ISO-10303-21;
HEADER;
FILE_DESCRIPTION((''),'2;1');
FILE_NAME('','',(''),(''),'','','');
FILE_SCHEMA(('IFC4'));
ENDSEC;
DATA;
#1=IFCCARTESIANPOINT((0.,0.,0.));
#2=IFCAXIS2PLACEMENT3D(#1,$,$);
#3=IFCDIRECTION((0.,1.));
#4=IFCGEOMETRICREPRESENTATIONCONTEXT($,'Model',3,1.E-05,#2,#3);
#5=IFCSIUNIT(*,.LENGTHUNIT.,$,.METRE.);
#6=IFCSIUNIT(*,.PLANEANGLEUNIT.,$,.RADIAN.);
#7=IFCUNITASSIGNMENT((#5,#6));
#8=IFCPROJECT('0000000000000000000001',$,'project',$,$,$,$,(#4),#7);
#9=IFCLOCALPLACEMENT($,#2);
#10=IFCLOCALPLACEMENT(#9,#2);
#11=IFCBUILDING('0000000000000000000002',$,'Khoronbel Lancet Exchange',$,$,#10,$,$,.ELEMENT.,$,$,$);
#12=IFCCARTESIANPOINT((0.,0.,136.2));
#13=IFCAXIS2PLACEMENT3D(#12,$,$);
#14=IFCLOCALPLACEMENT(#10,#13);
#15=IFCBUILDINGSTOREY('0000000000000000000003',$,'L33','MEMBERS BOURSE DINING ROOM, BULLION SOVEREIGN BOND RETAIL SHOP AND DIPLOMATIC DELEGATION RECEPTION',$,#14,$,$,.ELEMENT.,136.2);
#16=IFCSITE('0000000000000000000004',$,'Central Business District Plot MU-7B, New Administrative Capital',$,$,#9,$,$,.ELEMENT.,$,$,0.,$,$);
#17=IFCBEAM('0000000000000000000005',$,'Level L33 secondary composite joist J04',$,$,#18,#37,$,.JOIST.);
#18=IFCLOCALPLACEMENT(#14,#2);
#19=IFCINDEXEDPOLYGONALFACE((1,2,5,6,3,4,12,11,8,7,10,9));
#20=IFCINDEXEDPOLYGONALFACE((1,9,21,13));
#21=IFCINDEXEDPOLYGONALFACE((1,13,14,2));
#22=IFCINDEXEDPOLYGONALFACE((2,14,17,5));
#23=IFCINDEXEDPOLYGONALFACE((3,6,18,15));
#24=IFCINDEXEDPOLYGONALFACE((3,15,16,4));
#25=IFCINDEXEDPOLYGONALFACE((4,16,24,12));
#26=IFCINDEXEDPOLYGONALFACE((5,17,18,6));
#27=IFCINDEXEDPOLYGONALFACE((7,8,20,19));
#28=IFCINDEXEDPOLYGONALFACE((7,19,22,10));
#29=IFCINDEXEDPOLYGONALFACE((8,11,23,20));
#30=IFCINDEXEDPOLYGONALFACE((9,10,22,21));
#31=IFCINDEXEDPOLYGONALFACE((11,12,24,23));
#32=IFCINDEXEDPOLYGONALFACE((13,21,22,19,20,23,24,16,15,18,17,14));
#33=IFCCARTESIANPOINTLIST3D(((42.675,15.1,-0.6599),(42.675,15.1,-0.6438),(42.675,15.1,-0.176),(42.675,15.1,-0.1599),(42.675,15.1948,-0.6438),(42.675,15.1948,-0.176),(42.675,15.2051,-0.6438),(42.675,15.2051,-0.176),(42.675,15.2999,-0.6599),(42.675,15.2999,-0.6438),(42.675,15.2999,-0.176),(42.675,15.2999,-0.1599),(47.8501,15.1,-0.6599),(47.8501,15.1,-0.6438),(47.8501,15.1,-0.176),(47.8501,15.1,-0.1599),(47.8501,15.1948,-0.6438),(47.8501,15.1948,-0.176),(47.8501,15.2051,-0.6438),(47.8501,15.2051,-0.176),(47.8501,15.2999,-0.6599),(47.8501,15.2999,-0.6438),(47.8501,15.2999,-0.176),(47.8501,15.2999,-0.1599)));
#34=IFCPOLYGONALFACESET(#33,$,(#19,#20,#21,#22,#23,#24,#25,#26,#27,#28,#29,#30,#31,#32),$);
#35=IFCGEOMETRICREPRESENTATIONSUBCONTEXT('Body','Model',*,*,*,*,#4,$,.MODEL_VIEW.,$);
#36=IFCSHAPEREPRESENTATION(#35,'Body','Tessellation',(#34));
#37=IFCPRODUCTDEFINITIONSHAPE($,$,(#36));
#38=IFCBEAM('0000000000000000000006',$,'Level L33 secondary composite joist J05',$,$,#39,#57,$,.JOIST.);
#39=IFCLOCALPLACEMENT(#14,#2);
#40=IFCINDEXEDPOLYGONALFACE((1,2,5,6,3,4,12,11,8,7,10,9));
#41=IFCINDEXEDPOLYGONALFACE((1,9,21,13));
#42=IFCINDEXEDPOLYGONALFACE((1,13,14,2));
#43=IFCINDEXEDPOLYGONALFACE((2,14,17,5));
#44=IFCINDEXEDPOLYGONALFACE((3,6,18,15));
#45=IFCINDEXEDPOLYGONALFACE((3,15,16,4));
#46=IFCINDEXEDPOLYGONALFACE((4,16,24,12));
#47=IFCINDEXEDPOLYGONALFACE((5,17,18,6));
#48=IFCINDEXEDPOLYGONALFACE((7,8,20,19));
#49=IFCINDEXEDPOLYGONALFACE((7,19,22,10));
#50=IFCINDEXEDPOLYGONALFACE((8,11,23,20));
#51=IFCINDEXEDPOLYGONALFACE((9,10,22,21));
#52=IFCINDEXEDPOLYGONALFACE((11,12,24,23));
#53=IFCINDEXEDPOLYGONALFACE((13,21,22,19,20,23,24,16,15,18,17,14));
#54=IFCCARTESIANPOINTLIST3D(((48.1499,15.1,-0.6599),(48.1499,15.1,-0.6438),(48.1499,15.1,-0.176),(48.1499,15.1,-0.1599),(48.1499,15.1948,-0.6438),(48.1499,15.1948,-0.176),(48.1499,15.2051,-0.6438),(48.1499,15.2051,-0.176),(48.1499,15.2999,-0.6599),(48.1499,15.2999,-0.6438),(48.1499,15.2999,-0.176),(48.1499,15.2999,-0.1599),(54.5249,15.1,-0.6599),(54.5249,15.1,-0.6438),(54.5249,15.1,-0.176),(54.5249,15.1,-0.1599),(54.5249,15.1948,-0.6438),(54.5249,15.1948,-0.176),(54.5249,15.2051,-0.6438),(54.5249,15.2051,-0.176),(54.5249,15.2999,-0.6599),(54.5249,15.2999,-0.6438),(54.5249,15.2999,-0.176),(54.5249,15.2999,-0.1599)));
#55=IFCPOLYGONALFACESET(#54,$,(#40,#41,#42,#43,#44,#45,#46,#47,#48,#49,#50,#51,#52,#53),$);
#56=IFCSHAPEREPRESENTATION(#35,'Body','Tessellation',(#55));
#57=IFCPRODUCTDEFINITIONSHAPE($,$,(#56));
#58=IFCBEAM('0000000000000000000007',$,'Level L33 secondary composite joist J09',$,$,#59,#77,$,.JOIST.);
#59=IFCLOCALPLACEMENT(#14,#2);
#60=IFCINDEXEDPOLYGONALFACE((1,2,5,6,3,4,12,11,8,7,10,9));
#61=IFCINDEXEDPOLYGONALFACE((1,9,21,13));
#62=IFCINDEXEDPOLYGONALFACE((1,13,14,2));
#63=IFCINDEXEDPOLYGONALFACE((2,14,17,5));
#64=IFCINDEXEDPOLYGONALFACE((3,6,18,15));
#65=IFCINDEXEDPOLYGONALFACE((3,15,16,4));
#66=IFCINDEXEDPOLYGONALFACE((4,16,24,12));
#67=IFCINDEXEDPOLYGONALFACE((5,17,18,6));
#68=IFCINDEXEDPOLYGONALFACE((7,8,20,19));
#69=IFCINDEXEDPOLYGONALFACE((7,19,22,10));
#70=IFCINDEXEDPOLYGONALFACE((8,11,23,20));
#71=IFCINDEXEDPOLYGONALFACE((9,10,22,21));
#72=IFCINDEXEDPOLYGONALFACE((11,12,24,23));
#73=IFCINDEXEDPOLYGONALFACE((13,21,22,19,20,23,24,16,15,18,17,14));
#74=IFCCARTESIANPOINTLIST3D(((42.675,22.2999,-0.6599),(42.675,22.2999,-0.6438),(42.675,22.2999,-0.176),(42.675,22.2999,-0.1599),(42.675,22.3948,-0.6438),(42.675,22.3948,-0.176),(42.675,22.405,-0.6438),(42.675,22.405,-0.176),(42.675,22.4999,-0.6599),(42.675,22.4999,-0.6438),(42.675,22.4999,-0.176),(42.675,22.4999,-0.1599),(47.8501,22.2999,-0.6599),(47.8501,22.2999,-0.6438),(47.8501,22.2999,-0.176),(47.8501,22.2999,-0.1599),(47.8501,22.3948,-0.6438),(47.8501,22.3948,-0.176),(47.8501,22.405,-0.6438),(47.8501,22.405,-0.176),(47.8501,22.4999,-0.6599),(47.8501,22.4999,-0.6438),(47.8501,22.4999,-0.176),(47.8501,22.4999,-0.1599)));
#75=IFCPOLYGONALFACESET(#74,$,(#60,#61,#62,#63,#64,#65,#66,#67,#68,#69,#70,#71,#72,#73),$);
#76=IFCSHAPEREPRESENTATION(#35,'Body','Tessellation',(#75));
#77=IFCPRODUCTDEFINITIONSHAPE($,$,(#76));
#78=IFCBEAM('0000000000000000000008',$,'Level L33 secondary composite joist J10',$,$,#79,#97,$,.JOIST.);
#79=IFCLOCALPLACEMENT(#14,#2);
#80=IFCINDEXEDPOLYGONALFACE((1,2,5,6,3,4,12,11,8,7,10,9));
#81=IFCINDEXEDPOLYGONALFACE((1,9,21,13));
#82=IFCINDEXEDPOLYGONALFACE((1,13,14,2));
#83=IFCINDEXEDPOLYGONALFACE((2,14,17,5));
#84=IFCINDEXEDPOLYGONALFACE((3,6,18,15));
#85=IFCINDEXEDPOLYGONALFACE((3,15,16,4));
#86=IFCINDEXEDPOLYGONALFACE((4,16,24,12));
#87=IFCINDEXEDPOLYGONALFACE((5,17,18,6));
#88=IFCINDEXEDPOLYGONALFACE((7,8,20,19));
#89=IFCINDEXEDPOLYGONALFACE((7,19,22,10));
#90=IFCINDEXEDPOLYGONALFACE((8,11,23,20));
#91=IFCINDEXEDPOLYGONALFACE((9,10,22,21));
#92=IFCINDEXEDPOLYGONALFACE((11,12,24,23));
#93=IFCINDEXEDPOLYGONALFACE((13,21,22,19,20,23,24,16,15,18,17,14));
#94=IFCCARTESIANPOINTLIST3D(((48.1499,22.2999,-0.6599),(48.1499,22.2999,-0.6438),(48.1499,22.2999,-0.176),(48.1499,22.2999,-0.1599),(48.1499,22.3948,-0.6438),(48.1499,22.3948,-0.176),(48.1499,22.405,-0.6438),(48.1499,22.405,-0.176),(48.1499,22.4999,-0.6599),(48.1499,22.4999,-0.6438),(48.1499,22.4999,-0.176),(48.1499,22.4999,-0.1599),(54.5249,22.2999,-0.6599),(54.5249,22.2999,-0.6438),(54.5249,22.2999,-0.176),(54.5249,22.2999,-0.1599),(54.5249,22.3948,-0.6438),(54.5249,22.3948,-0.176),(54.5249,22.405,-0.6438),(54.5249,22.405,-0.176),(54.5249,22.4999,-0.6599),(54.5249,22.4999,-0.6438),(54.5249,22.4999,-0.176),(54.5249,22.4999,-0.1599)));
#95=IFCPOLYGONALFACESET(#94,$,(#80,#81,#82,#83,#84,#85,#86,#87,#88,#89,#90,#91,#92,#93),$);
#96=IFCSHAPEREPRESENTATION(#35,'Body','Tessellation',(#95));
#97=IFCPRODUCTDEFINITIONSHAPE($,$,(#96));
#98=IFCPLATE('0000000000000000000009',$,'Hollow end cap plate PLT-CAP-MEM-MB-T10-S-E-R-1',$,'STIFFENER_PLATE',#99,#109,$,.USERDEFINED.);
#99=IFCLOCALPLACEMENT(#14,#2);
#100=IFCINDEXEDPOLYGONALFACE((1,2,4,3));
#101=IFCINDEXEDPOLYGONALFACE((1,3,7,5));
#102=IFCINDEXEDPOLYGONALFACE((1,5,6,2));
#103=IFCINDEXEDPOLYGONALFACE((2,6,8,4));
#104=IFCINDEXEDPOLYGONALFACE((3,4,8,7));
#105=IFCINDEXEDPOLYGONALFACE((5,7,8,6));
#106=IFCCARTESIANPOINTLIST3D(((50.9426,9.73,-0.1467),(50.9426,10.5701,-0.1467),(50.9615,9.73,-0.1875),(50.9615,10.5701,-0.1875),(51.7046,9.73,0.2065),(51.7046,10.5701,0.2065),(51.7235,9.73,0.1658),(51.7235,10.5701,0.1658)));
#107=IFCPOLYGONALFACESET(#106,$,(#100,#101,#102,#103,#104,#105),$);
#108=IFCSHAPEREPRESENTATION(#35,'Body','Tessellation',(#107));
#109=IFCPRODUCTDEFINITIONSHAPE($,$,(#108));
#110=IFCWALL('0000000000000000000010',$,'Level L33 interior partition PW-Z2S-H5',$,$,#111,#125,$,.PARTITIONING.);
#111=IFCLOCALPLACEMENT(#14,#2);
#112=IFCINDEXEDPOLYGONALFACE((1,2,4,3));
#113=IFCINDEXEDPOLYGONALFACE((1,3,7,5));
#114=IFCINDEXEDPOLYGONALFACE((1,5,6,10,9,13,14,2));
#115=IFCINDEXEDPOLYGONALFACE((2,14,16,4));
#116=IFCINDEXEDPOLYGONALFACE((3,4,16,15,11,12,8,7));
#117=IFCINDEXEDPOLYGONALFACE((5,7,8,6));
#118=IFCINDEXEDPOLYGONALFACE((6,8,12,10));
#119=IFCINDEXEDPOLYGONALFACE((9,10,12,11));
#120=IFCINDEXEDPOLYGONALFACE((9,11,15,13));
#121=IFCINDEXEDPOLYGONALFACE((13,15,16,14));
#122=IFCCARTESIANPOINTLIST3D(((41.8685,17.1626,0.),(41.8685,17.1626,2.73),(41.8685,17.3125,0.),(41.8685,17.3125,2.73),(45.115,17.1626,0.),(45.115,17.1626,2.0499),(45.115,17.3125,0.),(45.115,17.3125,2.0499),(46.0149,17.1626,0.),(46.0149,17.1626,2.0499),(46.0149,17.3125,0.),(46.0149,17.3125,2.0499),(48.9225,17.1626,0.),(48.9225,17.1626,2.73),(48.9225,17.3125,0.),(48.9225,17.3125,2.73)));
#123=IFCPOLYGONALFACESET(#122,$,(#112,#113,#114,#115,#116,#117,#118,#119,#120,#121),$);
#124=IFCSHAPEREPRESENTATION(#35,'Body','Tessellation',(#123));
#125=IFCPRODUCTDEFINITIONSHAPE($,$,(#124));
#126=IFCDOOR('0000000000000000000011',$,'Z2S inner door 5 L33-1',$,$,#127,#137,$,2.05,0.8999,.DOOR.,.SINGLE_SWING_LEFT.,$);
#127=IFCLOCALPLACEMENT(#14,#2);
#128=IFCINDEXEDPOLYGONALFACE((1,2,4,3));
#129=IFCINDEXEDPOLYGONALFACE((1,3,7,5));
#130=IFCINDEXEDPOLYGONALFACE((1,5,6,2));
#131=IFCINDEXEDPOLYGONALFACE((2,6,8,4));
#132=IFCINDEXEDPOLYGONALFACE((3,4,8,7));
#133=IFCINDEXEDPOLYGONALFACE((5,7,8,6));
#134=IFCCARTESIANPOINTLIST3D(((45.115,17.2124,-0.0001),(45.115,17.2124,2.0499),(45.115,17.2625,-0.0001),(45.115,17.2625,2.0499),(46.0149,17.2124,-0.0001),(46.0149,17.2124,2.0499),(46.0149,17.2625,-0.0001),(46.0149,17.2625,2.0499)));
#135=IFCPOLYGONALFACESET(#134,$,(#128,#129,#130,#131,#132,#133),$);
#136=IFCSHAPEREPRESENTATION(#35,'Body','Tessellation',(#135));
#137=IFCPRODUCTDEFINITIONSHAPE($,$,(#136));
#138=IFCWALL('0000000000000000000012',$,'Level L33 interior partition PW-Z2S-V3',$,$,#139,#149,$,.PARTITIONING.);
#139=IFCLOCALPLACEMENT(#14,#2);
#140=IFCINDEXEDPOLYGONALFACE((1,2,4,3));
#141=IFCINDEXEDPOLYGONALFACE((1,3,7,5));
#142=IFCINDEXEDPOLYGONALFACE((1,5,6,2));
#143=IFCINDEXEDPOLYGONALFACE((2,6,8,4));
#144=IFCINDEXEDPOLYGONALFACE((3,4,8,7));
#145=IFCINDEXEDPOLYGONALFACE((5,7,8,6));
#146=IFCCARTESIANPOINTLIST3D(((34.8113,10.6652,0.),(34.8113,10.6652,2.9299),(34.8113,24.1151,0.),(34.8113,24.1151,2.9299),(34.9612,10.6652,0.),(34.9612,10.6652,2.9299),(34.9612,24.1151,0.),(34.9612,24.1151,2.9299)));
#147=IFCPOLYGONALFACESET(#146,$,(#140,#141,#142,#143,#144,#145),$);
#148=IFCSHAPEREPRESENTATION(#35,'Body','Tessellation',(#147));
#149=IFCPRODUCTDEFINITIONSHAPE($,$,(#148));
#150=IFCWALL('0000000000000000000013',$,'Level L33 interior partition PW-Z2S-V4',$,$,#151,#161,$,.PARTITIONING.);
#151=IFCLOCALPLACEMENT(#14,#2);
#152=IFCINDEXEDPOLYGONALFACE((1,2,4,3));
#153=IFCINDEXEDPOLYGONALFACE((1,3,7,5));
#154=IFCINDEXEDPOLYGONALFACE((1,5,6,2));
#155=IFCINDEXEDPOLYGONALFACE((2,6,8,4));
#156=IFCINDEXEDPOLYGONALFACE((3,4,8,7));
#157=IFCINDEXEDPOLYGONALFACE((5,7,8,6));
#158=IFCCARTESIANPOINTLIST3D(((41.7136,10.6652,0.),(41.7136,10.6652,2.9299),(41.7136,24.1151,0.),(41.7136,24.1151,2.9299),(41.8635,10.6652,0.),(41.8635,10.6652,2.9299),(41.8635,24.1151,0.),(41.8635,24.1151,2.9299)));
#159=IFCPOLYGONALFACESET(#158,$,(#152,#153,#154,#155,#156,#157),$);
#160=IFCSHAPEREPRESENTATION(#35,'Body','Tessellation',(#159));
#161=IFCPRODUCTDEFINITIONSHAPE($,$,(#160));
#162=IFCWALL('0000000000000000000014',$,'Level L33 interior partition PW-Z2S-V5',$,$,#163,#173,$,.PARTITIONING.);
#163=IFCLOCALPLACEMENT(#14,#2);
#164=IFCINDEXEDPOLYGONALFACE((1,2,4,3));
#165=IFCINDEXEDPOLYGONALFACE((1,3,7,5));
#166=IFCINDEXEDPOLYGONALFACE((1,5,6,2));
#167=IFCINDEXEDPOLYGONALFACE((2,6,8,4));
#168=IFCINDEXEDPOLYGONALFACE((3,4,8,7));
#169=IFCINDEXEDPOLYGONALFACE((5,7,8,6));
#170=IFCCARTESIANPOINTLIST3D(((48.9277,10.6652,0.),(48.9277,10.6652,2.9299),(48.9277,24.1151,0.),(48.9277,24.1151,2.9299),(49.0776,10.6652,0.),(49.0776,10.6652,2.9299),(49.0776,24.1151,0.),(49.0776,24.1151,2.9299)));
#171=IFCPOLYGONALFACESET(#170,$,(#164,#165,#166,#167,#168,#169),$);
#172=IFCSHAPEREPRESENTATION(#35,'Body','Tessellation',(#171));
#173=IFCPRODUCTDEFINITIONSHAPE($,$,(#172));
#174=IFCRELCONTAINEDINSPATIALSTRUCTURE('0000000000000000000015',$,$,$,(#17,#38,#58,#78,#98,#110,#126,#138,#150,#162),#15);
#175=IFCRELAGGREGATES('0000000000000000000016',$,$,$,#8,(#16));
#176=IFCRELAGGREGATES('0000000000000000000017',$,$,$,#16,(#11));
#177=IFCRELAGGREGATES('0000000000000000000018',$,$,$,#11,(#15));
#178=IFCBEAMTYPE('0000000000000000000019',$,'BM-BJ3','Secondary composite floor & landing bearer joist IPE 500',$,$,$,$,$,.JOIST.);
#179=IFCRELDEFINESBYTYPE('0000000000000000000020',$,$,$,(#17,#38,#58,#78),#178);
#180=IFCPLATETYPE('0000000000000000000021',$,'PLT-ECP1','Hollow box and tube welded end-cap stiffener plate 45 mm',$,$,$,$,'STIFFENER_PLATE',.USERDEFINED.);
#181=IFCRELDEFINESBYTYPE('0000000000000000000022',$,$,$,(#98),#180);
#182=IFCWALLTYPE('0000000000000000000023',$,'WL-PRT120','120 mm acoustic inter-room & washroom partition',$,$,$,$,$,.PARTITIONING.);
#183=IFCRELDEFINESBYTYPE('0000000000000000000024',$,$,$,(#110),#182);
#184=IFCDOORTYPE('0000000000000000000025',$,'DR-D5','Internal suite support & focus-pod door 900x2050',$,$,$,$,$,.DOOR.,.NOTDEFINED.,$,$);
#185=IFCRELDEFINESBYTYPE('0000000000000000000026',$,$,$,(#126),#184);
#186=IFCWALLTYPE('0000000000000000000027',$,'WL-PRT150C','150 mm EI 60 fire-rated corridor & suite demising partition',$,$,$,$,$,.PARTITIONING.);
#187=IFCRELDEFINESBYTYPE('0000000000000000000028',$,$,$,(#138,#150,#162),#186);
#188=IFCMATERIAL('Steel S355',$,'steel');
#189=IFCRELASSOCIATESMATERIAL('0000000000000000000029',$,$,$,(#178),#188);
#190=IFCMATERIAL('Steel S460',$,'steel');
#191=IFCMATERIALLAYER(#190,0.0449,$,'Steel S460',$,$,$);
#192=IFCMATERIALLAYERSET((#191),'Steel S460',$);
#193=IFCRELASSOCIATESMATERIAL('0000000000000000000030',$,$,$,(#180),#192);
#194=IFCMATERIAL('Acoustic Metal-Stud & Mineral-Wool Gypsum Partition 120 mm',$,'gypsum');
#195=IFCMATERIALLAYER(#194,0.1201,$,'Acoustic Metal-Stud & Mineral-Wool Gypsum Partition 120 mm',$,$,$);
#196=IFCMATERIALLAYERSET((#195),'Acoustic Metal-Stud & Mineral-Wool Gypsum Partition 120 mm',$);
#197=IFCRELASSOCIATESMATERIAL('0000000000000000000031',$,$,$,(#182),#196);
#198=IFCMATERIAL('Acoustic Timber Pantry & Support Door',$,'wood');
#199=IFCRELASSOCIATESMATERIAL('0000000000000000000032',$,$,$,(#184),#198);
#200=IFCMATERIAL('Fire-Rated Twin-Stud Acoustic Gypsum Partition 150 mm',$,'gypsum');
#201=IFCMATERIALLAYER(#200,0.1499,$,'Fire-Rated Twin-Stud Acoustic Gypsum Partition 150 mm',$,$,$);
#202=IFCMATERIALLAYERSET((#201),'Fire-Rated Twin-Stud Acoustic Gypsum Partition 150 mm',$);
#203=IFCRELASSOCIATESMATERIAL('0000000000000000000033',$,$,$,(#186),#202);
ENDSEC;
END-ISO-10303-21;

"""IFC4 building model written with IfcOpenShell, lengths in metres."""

from ifc_helpers import new_model, si_unit, direction, frame, frame_2d, origin, origin_2d, place, context, subcontext, project, spatial, polyline, rectangle, i_section, outline, extrude, material, layer, layer_set, material_profile, profile_set, type_object, element, fill, save


model = new_model("IFC4")

# Units and contexts
model_context = context("Model", 3, precision=1e-05, world=origin(), true_north=direction((0.0, 1.0)))
body_context = subcontext(model_context, "Body", "Model", "MODEL_VIEW")
ifc_project = project(units=[si_unit("LENGTHUNIT", "METRE"), si_unit("PLANEANGLEUNIT", "RADIAN")], contexts=[model_context])

# Site, building, storey
site_placement = place(None, origin())
site = spatial("IfcSite", under=ifc_project, at=site_placement, Name="Central Business District Plot MU-7B, New Administrative Capital", CompositionType="ELEMENT", RefElevation=0.0)
building_placement = place(site_placement, origin())
building = spatial("IfcBuilding", under=site, at=building_placement, Name="Khoronbel Lancet Exchange", CompositionType="ELEMENT")
storey_placement = place(building_placement, frame((0.0, 0.0, 136.2)))
storey = spatial("IfcBuildingStorey", under=building, at=storey_placement, Name="L33", Description="MEMBERS BOURSE DINING ROOM, BULLION SOVEREIGN BOND RETAIL SHOP AND DIPLOMATIC DELEGATION RECEPTION", CompositionType="ELEMENT", Elevation=136.2)

# Beams
ifc_material_1 = material(Name="Steel S355", Category="steel")
ifc_material_profile = material_profile(ifc_material_1, i_section(OverallWidth=0.2, OverallDepth=0.5, WebThickness=0.0103, FlangeThickness=0.0161, at=origin_2d()), Name="IPE 500")
ifc_profile_set = profile_set([ifc_material_profile], Name="Steel S355")
beam_type = type_object("IfcBeamType", Name="BM-BJ3", Description="Secondary composite floor & landing bearer joist IPE 500", PredefinedType="JOIST", material=ifc_profile_set)
beam_1_placement = place(storey_placement, frame((42.675, 15.2, -0.4099), z_axis=(1.0, 0.0, 0.0), x_axis=(0.0, 1.0, 0.0)))
element("IfcBeam", 1, at=beam_1_placement, inside=storey, type_object=beam_type, Name="Level L33 secondary composite joist J04", PredefinedType="JOIST", context=body_context, shape_type="SweptSolid", body=[
    extrude(i_section(OverallWidth=0.2, OverallDepth=0.5, WebThickness=0.0103, FlangeThickness=0.0161, at=origin_2d()), origin(), (0.0, 0.0, 1.0), 5.175),
])
beam_2_placement = place(storey_placement, frame((48.1499, 15.2, -0.4099), z_axis=(1.0, 0.0, 0.0), x_axis=(0.0, 1.0, 0.0)))
element("IfcBeam", 2, at=beam_2_placement, inside=storey, type_object=beam_type, Name="Level L33 secondary composite joist J05", PredefinedType="JOIST", context=body_context, shape_type="SweptSolid", body=[
    extrude(i_section(OverallWidth=0.2, OverallDepth=0.5, WebThickness=0.0103, FlangeThickness=0.0161, at=origin_2d()), origin(), (0.0, 0.0, 1.0), 6.375),
])
beam_3_placement = place(storey_placement, frame((42.675, 22.3999, -0.4099), z_axis=(1.0, 0.0, 0.0), x_axis=(0.0, 1.0, 0.0)))
element("IfcBeam", 3, at=beam_3_placement, inside=storey, type_object=beam_type, Name="Level L33 secondary composite joist J09", PredefinedType="JOIST", context=body_context, shape_type="SweptSolid", body=[
    extrude(i_section(OverallWidth=0.2, OverallDepth=0.5, WebThickness=0.0103, FlangeThickness=0.0161, at=origin_2d()), origin(), (0.0, 0.0, 1.0), 5.175),
])
beam_4_placement = place(storey_placement, frame((48.1499, 22.3999, -0.4099), z_axis=(1.0, 0.0, 0.0), x_axis=(0.0, 1.0, 0.0)))
element("IfcBeam", 4, at=beam_4_placement, inside=storey, type_object=beam_type, Name="Level L33 secondary composite joist J10", PredefinedType="JOIST", context=body_context, shape_type="SweptSolid", body=[
    extrude(i_section(OverallWidth=0.2, OverallDepth=0.5, WebThickness=0.0103, FlangeThickness=0.0161, at=origin_2d()), origin(), (0.0, 0.0, 1.0), 6.375),
])

# Plate
ifc_material_2 = material(Name="Steel S460", Category="steel")
ifc_layer_1 = layer(ifc_material_2, 0.0449, Name="Steel S460")
ifc_layer_set_1 = layer_set([ifc_layer_1], Name="Steel S460")
plate_type = type_object("IfcPlateType", Name="PLT-ECP1", Description="Hollow box and tube welded end-cap stiffener plate 45 mm", ElementType="STIFFENER_PLATE", PredefinedType="USERDEFINED", material=ifc_layer_set_1)
plate_placement = place(storey_placement, frame((50.9426, 10.5701, -0.1467), z_axis=(-0.420624, 0.0, 0.907235), x_axis=(0.0, -1.0, 0.0)))
element("IfcPlate", 5, at=plate_placement, inside=storey, type_object=plate_type, Name="Hollow end cap plate PLT-CAP-MEM-MB-T10-S-E-R-1", ObjectType="STIFFENER_PLATE", PredefinedType="USERDEFINED", context=body_context, shape_type="SweptSolid", body=[
    extrude(outline(polyline([(0.0, 0.0), (0.8401, 0.0), (0.8401, 0.8398), (0.0, 0.8398), (0.0, 0.0)])), origin(), (0.0, 0.0, -1.0), 0.0449),
])

# Wall, opening, door
ifc_material_3 = material(Name="Acoustic Metal-Stud & Mineral-Wool Gypsum Partition 120 mm", Category="gypsum")
ifc_layer_2 = layer(ifc_material_3, 0.1201, Name="Acoustic Metal-Stud & Mineral-Wool Gypsum Partition 120 mm")
ifc_layer_set_2 = layer_set([ifc_layer_2], Name="Acoustic Metal-Stud & Mineral-Wool Gypsum Partition 120 mm")
wall_type_1 = type_object("IfcWallType", Name="WL-PRT120", Description="120 mm acoustic inter-room & washroom partition", PredefinedType="PARTITIONING", material=ifc_layer_set_2)
wall_1_placement = place(storey_placement, frame((41.8687, 17.2375, 0.0), z_axis=(0.0, 0.0, 1.0), x_axis=(1.0, 0.0, 0.0)))
wall_1 = element("IfcWall", 6, at=wall_1_placement, inside=storey, type_object=wall_type_1, Name="Level L33 interior partition PW-Z2S-H5", PredefinedType="PARTITIONING", context=body_context, shape_type="SweptSolid", body=[
    extrude(rectangle(XDim=7.054, YDim=0.1499, at=frame_2d((3.5269, 0.0))), origin(), (0.0, 0.0, 1.0), 2.73),
])
opening_1_placement = place(wall_1_placement, frame((3.2463, 0.0, 0.0)))
opening_1 = element("IfcOpeningElement", 7, at=opening_1_placement, cuts=wall_1, PredefinedType="OPENING", context=body_context, shape_type="SweptSolid", body=[
    extrude(rectangle(XDim=0.8999, YDim=2.05, at=frame_2d((0.45, 1.0249))), frame((0.0, 0.085, 0.0), z_axis=(0.0, -1.0, 0.0), x_axis=(1.0, 0.0, 0.0)), (0.0, 0.0, 1.0), 0.1699),
])
ifc_material_4 = material(Name="Acoustic Timber Pantry & Support Door", Category="wood")
door_type_1 = type_object("IfcDoorType", Name="DR-D5", Description="Internal suite support & focus-pod door 900x2050", OperationType="NOTDEFINED", PredefinedType="DOOR", material=ifc_material_4)
door_1_placement = place(opening_1_placement, origin())
door_1 = element("IfcDoor", 8, at=door_1_placement, inside=storey, type_object=door_type_1, Name="Z2S inner door 5 L33-1", OperationType="SINGLE_SWING_LEFT", OverallHeight=2.05, OverallWidth=0.8999, PredefinedType="DOOR", context=body_context, shape_type="SweptSolid", body=[
    extrude(rectangle(XDim=0.8999, YDim=2.05, at=frame_2d((0.45, 1.0249))), frame((0.0, 0.0249, 0.0), z_axis=(0.0, -1.0, 0.0), x_axis=(1.0, 0.0, 0.0)), (0.0, 0.0, 1.0), 0.05),
])
fill(opening_1, door_1)

# Walls
ifc_material_5 = material(Name="Fire-Rated Twin-Stud Acoustic Gypsum Partition 150 mm", Category="gypsum")
ifc_layer_3 = layer(ifc_material_5, 0.1499, Name="Fire-Rated Twin-Stud Acoustic Gypsum Partition 150 mm")
ifc_layer_set_3 = layer_set([ifc_layer_3], Name="Fire-Rated Twin-Stud Acoustic Gypsum Partition 150 mm")
wall_type_2 = type_object("IfcWallType", Name="WL-PRT150C", Description="150 mm EI 60 fire-rated corridor & suite demising partition", PredefinedType="PARTITIONING", material=ifc_layer_set_3)
for number, where, z_axis, x_axis, name in (
    (9, (34.8862, 10.665, 0.0), (0.0, 0.0, 1.0), (0.0, 1.0, 0.0), "Level L33 interior partition PW-Z2S-V3"),
    (10, (41.7886, 10.665, 0.0), (0.0, 0.0, 1.0), (0.0, 1.0, 0.0), "Level L33 interior partition PW-Z2S-V4"),
    (11, (49.0027, 10.665, 0.0), (0.0, 0.0, 1.0), (0.0, 1.0, 0.0), "Level L33 interior partition PW-Z2S-V5"),
):
    element("IfcWall", number, at=place(storey_placement, frame(where, z_axis=z_axis, x_axis=x_axis)), inside=storey, type_object=wall_type_2, Name=name, PredefinedType="PARTITIONING", context=body_context, shape_type="SweptSolid", body=[
        extrude(rectangle(XDim=13.45, YDim=0.1499, at=frame_2d((6.7251, 0.0))), origin(), (0.0, 0.0, 1.0), 2.9299),
    ])

save(model, "model.ifc")
